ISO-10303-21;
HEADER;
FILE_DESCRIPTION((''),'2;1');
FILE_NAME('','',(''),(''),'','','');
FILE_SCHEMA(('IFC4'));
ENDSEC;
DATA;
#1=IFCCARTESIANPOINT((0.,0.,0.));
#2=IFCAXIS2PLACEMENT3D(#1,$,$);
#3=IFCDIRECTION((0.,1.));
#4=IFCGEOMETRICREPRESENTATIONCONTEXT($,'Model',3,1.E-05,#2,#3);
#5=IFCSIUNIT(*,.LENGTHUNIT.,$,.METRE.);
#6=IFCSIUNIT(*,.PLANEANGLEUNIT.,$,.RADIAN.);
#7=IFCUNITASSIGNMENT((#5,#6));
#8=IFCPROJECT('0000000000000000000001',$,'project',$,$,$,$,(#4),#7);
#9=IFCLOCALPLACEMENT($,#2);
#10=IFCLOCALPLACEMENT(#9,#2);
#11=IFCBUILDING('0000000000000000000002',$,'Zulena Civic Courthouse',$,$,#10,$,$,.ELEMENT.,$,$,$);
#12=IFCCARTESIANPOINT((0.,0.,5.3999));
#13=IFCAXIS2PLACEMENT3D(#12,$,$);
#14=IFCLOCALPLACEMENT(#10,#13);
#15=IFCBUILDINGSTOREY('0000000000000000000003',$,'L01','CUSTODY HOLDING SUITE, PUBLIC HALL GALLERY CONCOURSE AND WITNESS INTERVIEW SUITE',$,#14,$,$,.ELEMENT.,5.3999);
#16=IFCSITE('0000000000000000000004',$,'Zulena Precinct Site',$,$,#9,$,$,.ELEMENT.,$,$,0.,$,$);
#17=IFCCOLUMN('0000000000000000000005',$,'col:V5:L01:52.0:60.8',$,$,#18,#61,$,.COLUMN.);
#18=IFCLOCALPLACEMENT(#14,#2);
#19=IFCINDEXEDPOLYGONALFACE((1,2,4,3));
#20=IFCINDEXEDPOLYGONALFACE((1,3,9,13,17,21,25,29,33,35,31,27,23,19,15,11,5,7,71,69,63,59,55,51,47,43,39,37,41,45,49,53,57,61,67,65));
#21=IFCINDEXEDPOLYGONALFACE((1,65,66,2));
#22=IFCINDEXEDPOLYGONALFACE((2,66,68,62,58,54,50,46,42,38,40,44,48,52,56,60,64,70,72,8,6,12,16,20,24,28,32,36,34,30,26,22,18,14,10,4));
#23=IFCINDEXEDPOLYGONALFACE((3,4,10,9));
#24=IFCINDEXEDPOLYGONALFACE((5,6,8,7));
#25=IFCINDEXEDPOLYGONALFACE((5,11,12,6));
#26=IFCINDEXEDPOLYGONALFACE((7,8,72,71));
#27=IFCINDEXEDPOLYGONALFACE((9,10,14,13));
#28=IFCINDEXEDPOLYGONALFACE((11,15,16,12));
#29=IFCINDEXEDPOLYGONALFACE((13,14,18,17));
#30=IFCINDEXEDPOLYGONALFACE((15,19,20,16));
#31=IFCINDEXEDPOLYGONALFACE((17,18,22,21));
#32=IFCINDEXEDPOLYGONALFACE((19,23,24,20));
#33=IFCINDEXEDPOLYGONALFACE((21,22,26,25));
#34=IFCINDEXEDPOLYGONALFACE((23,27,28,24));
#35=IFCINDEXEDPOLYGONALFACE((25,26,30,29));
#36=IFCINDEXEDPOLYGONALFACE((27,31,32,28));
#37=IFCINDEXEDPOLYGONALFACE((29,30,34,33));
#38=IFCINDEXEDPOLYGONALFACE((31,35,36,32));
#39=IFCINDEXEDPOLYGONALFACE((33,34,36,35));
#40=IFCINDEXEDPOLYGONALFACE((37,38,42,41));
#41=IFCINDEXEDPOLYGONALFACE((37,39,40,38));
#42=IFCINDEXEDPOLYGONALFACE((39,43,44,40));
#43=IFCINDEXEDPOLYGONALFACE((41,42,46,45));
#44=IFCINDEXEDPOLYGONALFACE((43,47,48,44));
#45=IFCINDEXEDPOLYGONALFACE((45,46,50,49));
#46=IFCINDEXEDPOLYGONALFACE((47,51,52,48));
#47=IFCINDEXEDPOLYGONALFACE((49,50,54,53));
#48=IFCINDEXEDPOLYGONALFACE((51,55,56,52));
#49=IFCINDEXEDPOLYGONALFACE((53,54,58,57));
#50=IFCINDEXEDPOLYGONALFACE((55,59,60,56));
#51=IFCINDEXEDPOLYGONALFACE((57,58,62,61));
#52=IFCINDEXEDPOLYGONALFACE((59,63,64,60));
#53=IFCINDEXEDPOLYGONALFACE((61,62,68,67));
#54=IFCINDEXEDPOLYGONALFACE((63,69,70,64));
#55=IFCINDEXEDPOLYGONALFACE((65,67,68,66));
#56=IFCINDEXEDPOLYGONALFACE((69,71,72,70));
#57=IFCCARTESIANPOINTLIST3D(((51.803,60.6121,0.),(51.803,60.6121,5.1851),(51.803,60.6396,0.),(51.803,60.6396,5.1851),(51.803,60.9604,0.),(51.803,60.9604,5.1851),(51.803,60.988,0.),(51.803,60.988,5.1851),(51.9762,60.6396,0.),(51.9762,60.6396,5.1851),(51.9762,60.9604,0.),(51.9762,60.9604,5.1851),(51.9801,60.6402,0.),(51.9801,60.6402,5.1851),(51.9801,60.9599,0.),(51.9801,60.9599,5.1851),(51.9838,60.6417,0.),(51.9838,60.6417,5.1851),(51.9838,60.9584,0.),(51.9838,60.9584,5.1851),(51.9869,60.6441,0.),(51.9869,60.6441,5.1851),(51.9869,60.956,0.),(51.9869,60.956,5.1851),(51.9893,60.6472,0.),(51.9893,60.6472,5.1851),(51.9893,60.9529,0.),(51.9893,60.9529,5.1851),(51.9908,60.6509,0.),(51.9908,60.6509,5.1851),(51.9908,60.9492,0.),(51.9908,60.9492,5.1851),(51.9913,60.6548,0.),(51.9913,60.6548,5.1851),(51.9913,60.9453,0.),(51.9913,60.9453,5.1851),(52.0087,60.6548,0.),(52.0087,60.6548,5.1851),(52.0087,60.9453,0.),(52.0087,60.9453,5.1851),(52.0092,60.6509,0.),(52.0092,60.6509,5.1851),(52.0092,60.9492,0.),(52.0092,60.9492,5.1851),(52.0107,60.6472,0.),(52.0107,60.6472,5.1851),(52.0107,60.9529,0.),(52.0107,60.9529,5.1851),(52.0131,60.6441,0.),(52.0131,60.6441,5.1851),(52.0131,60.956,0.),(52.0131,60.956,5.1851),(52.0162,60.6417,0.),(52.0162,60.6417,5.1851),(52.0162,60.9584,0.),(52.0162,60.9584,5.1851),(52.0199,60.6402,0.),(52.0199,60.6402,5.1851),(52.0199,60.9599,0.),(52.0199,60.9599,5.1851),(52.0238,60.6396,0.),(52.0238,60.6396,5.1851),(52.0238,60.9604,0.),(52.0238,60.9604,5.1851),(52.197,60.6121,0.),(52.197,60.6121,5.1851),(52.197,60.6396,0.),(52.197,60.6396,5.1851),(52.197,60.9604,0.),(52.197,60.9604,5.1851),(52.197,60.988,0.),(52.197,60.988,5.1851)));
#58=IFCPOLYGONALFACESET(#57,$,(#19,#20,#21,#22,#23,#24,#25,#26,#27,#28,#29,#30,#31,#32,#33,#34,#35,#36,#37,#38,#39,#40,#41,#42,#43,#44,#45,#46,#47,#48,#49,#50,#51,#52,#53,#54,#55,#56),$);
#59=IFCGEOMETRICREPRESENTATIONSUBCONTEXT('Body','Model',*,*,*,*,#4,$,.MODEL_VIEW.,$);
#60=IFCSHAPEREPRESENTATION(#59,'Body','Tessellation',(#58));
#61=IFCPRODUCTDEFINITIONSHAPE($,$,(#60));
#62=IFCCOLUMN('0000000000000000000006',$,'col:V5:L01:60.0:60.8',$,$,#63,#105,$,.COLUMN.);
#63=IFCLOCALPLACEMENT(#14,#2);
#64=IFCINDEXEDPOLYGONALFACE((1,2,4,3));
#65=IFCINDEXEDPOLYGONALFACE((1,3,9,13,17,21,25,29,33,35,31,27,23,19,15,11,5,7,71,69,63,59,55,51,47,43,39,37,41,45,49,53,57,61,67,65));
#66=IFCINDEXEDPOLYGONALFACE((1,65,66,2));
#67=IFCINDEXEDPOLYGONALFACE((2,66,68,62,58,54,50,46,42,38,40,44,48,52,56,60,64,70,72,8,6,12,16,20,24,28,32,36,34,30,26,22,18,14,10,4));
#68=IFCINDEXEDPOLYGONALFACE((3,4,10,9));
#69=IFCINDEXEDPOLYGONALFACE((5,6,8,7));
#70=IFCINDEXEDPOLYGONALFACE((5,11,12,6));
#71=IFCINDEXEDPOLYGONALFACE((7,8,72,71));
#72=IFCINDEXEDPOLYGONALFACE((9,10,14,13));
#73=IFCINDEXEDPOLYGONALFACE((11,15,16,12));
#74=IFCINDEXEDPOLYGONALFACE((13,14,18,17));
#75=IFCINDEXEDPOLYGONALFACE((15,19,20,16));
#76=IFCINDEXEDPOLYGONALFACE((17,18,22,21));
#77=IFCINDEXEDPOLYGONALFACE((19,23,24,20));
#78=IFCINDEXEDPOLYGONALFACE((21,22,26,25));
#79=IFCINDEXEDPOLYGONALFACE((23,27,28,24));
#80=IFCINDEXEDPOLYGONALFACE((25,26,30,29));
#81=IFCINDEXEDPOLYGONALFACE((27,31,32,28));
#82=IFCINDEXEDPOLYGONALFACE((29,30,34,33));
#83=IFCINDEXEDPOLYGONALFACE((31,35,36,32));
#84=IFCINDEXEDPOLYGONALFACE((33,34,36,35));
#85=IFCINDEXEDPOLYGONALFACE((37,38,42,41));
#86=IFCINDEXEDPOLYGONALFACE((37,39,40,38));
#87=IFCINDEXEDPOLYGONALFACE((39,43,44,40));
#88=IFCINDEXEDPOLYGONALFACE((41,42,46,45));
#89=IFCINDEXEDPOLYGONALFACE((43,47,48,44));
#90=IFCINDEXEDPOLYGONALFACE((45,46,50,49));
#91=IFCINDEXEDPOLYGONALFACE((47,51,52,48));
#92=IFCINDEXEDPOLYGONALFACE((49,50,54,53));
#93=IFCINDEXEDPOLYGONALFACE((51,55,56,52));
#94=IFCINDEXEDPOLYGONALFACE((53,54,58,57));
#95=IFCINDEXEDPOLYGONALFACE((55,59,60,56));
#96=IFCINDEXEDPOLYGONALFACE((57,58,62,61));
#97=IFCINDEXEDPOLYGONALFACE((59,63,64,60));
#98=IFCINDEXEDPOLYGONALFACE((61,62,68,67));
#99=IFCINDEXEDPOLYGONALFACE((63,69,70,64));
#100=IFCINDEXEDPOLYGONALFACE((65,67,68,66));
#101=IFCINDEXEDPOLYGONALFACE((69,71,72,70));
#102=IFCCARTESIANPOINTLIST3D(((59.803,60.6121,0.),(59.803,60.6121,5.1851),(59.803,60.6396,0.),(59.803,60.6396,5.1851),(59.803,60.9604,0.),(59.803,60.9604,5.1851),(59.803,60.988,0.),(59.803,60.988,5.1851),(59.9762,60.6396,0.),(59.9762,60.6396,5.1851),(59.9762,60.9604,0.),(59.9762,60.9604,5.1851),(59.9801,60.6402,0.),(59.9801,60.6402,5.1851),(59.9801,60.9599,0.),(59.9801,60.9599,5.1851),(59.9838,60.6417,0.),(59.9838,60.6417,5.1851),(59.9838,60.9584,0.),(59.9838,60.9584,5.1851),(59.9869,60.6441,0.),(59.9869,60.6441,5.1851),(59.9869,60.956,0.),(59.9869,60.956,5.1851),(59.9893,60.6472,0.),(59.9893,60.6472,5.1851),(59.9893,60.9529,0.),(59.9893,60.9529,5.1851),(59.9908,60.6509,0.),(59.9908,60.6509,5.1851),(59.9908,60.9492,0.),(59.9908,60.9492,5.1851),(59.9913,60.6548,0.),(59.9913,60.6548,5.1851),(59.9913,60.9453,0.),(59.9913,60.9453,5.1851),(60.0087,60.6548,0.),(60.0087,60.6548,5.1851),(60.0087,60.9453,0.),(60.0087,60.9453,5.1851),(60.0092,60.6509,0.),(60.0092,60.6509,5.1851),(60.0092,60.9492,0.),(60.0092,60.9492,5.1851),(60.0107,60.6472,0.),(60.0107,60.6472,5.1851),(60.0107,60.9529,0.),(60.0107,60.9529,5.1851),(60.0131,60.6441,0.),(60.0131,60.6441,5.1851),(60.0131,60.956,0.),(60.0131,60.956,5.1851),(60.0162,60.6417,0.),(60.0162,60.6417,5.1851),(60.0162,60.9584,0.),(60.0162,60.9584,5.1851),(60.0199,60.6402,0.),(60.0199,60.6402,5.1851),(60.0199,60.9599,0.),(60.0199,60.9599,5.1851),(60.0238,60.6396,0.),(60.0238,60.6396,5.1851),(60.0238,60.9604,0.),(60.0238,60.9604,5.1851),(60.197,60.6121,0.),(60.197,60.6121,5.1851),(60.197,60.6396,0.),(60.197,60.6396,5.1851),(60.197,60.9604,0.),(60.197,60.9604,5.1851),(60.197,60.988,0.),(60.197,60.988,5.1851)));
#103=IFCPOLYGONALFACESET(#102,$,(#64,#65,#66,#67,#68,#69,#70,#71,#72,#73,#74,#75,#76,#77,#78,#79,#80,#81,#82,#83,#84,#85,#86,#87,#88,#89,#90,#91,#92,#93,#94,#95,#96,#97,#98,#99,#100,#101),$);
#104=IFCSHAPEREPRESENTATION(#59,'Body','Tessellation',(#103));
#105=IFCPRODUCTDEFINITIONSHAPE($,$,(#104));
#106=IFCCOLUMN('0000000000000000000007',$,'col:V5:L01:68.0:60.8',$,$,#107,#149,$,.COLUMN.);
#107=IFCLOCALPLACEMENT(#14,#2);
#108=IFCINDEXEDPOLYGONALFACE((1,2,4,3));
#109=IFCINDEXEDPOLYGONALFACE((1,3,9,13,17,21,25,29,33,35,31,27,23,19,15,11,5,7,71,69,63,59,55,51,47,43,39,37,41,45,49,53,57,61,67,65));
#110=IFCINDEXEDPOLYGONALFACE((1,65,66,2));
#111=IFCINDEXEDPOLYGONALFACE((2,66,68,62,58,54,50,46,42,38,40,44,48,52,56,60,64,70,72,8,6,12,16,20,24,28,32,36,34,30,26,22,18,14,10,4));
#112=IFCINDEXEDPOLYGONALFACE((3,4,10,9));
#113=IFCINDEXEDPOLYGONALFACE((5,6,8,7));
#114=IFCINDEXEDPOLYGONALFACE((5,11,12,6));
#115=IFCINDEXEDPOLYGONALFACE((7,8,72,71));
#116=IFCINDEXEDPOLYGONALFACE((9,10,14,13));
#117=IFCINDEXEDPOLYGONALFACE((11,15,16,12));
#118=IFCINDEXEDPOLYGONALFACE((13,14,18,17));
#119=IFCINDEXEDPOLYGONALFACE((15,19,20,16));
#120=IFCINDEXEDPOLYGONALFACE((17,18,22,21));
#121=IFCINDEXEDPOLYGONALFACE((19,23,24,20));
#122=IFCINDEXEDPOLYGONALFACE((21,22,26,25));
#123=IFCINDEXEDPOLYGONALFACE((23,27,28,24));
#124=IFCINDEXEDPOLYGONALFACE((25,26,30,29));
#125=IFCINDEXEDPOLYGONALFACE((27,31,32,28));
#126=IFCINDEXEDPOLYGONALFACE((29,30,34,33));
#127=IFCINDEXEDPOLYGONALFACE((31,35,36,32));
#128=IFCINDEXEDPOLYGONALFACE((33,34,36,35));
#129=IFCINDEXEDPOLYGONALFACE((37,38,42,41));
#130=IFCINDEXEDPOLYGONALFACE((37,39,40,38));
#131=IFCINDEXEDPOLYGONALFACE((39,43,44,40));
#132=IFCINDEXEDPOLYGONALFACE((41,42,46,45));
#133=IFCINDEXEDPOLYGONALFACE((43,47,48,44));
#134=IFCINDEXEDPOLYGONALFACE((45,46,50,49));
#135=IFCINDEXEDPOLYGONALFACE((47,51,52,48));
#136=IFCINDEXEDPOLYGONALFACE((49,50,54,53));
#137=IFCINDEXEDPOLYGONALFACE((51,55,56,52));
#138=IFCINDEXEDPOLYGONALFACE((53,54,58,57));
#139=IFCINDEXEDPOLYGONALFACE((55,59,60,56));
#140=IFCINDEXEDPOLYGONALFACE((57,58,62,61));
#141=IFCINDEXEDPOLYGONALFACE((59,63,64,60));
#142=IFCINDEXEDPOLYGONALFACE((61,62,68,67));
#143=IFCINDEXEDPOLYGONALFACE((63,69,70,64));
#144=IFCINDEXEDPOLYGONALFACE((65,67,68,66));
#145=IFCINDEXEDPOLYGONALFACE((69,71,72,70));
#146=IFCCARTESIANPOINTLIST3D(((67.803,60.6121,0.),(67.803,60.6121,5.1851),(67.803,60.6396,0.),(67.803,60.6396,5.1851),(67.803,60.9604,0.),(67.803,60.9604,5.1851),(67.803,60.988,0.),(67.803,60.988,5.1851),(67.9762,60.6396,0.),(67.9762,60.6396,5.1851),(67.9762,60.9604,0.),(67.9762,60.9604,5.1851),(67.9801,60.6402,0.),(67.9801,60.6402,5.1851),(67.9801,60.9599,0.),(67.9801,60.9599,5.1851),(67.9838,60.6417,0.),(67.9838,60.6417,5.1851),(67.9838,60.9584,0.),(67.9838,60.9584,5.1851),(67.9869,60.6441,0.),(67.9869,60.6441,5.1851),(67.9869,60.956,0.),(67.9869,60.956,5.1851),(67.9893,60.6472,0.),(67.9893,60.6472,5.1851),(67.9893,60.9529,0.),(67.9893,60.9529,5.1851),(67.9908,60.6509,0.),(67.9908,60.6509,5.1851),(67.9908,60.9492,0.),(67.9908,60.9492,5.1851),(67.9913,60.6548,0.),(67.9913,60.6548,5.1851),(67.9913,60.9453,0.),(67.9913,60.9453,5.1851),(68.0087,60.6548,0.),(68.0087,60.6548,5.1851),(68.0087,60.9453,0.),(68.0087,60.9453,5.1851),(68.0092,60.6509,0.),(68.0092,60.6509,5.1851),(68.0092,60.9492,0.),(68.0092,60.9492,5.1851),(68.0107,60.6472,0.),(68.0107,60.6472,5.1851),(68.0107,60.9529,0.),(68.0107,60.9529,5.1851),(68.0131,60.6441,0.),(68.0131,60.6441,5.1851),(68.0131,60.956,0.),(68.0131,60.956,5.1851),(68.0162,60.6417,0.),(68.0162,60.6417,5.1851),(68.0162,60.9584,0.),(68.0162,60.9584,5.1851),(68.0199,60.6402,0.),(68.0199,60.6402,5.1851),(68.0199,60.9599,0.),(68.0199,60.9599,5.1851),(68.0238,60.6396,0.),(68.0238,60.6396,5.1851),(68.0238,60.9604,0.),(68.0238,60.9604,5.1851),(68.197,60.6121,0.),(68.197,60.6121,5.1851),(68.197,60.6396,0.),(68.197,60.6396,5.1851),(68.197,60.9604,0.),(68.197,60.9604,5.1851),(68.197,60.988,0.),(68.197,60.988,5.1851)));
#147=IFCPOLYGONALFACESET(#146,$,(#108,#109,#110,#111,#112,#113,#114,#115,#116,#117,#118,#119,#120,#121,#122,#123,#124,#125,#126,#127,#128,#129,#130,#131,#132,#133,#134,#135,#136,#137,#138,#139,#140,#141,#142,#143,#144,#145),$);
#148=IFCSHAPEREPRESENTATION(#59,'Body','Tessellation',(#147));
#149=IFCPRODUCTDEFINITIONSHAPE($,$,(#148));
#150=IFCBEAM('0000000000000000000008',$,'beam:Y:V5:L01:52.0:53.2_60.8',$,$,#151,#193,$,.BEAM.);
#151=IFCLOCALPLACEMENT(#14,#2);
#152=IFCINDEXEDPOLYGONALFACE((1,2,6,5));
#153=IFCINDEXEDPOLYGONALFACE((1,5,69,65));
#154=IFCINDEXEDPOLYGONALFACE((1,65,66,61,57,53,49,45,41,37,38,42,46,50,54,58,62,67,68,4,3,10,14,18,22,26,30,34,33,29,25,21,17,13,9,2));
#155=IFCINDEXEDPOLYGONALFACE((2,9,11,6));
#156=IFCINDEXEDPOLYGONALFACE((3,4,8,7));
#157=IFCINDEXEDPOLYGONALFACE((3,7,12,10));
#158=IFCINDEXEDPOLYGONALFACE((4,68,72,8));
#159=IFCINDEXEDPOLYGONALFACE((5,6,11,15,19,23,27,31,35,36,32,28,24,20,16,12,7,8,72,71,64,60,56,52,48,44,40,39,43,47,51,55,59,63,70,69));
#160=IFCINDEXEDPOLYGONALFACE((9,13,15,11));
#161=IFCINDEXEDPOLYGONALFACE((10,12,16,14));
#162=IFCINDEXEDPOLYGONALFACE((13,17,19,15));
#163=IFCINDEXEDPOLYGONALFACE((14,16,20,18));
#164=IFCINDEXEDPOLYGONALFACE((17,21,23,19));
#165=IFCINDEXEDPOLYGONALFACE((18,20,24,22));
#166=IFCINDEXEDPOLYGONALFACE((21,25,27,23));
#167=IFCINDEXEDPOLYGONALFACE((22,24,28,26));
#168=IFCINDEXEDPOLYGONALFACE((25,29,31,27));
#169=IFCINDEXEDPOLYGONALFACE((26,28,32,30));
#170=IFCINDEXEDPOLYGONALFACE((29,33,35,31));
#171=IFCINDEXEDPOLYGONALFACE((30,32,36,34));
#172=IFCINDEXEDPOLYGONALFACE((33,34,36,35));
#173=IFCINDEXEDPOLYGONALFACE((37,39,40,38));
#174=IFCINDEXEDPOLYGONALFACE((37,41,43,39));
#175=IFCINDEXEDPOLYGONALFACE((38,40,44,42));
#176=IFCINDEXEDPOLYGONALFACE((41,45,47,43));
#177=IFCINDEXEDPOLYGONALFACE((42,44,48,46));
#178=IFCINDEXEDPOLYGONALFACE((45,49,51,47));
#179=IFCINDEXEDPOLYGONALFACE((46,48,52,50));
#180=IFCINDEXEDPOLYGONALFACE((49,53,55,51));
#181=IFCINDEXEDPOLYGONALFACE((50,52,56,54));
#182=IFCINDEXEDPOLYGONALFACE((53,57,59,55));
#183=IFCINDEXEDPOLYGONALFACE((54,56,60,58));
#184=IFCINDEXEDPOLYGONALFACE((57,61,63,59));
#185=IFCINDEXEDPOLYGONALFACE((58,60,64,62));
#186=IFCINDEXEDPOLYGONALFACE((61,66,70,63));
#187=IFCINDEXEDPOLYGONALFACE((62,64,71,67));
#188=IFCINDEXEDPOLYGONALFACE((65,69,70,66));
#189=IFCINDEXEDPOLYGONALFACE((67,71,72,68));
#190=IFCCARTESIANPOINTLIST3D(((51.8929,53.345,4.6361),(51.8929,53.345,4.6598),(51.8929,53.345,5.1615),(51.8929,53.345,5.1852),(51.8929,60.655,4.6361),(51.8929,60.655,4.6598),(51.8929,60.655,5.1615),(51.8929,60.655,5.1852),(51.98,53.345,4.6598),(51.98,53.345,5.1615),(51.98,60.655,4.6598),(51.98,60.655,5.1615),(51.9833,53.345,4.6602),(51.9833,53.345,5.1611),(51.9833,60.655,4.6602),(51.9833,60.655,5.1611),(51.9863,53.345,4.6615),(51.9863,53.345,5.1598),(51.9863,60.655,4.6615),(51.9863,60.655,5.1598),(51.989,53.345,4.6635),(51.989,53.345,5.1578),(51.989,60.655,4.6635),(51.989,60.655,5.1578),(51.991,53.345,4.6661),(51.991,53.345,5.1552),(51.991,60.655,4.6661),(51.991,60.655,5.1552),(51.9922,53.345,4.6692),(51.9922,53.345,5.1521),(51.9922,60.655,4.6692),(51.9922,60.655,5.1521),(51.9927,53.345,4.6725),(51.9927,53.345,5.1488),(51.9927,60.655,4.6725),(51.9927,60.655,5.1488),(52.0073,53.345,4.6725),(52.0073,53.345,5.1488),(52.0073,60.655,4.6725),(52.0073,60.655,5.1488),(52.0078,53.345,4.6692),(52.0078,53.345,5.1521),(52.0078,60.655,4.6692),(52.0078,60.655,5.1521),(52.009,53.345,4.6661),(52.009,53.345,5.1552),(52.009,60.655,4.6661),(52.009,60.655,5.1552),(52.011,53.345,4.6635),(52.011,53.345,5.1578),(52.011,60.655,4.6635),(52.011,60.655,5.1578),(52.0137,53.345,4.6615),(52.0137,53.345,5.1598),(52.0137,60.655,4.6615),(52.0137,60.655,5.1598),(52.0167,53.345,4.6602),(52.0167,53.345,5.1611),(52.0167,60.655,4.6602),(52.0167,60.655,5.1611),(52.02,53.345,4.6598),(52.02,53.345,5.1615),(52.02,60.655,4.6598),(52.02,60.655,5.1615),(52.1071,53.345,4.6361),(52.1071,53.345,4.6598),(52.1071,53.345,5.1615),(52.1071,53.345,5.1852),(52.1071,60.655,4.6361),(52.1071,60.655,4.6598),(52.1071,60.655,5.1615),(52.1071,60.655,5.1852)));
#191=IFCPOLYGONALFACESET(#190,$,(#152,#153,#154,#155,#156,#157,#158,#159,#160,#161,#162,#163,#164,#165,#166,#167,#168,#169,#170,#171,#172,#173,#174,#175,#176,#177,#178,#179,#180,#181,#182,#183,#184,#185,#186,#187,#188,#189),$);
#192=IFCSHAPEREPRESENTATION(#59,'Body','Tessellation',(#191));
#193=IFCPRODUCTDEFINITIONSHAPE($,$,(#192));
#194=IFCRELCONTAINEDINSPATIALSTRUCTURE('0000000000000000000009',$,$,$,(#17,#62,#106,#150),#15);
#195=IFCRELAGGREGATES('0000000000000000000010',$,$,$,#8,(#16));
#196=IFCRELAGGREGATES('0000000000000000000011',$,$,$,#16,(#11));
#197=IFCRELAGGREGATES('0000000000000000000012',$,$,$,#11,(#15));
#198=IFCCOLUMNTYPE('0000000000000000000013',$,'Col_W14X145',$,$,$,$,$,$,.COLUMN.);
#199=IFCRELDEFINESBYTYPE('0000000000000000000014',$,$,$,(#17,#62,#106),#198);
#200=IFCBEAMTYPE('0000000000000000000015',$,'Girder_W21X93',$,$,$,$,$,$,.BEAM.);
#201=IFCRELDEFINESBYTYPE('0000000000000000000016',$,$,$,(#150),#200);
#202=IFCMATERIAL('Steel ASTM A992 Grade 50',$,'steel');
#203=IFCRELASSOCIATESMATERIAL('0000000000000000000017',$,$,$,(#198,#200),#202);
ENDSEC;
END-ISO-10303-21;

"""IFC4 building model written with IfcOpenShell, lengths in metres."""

from ifc_helpers import new_model, si_unit, direction, frame, origin, origin_2d, place, context, subcontext, project, spatial, i_section, extrude, material, material_profile, profile_set, type_object, element, save


model = new_model("IFC4")

# Units and contexts
model_context = context("Model", 3, precision=1e-05, world=origin(), true_north=direction((0.0, 1.0)))
body_context = subcontext(model_context, "Body", "Model", "MODEL_VIEW")
ifc_project = project(units=[si_unit("LENGTHUNIT", "METRE"), si_unit("PLANEANGLEUNIT", "RADIAN")], contexts=[model_context])

# Site, building, storey
site_placement = place(None, origin())
site = spatial("IfcSite", under=ifc_project, at=site_placement, Name="Zulena Precinct Site", CompositionType="ELEMENT", RefElevation=0.0)
building_placement = place(site_placement, origin())
building = spatial("IfcBuilding", under=site, at=building_placement, Name="Zulena Civic Courthouse", CompositionType="ELEMENT")
storey_placement = place(building_placement, frame((0.0, 0.0, 5.3999)))
storey = spatial("IfcBuildingStorey", under=building, at=storey_placement, Name="L01", Description="CUSTODY HOLDING SUITE, PUBLIC HALL GALLERY CONCOURSE AND WITNESS INTERVIEW SUITE", CompositionType="ELEMENT", Elevation=5.3999)

# Columns
ifc_material_1 = material(Name="Steel ASTM A992 Grade 50", Category="steel")
ifc_material_profile_1 = material_profile(ifc_material_1, i_section(OverallWidth=0.394, OverallDepth=0.376, WebThickness=0.0173, FlangeThickness=0.0276, FilletRadius=0.0151, at=origin_2d()), Name="W14X145")
ifc_profile_set_1 = profile_set([ifc_material_profile_1], Name="Steel ASTM A992 Grade 50")
column_type = type_object("IfcColumnType", Name="Col_W14X145", PredefinedType="COLUMN", material=ifc_profile_set_1)
for number, where, z_axis, x_axis, name in (
    (1, (52.0, 60.8, 0.0), (0.0, 0.0, 1.0), (1.0, 0.0, 0.0), "col:V5:L01:52.0:60.8"),
    (2, (60.0, 60.8, 0.0), (0.0, 0.0, 1.0), (1.0, 0.0, 0.0), "col:V5:L01:60.0:60.8"),
    (3, (68.0, 60.8, 0.0), (0.0, 0.0, 1.0), (1.0, 0.0, 0.0), "col:V5:L01:68.0:60.8"),
):
    element("IfcColumn", number, at=place(storey_placement, frame(where, z_axis=z_axis, x_axis=x_axis)), inside=storey, type_object=column_type, Name=name, PredefinedType="COLUMN", context=body_context, shape_type="SweptSolid", body=[
        extrude(i_section(OverallWidth=0.394, OverallDepth=0.376, WebThickness=0.0173, FlangeThickness=0.0276, FilletRadius=0.0151, at=origin_2d()), origin(), (0.0, 0.0, 1.0), 5.1851),
    ])

# Beam
ifc_material_profile_2 = material_profile(ifc_material_1, i_section(OverallWidth=0.2141, OverallDepth=0.5491, WebThickness=0.0146, FlangeThickness=0.0237, FilletRadius=0.0127, at=origin_2d()), Name="W21X93")
ifc_profile_set_2 = profile_set([ifc_material_profile_2], Name="Steel ASTM A992 Grade 50")
beam_type_1 = type_object("IfcBeamType", Name="Girder_W21X93", PredefinedType="BEAM", material=ifc_profile_set_2)
for number, where, z_axis, x_axis, name in (
    (4, (52.0, 53.345, 4.9106), (0.0, 1.0, 0.0), (-1.0, 0.0, 0.0), "beam:Y:V5:L01:52.0:53.2_60.8"),
):
    element("IfcBeam", number, at=place(storey_placement, frame(where, z_axis=z_axis, x_axis=x_axis)), inside=storey, type_object=beam_type_1, Name=name, PredefinedType="BEAM", context=body_context, shape_type="SweptSolid", body=[
        extrude(i_section(OverallWidth=0.2141, OverallDepth=0.5491, WebThickness=0.0146, FlangeThickness=0.0237, FilletRadius=0.0127, at=origin_2d()), origin(), (0.0, 0.0, 1.0), 7.3101),
    ])

save(model, "model.ifc")
